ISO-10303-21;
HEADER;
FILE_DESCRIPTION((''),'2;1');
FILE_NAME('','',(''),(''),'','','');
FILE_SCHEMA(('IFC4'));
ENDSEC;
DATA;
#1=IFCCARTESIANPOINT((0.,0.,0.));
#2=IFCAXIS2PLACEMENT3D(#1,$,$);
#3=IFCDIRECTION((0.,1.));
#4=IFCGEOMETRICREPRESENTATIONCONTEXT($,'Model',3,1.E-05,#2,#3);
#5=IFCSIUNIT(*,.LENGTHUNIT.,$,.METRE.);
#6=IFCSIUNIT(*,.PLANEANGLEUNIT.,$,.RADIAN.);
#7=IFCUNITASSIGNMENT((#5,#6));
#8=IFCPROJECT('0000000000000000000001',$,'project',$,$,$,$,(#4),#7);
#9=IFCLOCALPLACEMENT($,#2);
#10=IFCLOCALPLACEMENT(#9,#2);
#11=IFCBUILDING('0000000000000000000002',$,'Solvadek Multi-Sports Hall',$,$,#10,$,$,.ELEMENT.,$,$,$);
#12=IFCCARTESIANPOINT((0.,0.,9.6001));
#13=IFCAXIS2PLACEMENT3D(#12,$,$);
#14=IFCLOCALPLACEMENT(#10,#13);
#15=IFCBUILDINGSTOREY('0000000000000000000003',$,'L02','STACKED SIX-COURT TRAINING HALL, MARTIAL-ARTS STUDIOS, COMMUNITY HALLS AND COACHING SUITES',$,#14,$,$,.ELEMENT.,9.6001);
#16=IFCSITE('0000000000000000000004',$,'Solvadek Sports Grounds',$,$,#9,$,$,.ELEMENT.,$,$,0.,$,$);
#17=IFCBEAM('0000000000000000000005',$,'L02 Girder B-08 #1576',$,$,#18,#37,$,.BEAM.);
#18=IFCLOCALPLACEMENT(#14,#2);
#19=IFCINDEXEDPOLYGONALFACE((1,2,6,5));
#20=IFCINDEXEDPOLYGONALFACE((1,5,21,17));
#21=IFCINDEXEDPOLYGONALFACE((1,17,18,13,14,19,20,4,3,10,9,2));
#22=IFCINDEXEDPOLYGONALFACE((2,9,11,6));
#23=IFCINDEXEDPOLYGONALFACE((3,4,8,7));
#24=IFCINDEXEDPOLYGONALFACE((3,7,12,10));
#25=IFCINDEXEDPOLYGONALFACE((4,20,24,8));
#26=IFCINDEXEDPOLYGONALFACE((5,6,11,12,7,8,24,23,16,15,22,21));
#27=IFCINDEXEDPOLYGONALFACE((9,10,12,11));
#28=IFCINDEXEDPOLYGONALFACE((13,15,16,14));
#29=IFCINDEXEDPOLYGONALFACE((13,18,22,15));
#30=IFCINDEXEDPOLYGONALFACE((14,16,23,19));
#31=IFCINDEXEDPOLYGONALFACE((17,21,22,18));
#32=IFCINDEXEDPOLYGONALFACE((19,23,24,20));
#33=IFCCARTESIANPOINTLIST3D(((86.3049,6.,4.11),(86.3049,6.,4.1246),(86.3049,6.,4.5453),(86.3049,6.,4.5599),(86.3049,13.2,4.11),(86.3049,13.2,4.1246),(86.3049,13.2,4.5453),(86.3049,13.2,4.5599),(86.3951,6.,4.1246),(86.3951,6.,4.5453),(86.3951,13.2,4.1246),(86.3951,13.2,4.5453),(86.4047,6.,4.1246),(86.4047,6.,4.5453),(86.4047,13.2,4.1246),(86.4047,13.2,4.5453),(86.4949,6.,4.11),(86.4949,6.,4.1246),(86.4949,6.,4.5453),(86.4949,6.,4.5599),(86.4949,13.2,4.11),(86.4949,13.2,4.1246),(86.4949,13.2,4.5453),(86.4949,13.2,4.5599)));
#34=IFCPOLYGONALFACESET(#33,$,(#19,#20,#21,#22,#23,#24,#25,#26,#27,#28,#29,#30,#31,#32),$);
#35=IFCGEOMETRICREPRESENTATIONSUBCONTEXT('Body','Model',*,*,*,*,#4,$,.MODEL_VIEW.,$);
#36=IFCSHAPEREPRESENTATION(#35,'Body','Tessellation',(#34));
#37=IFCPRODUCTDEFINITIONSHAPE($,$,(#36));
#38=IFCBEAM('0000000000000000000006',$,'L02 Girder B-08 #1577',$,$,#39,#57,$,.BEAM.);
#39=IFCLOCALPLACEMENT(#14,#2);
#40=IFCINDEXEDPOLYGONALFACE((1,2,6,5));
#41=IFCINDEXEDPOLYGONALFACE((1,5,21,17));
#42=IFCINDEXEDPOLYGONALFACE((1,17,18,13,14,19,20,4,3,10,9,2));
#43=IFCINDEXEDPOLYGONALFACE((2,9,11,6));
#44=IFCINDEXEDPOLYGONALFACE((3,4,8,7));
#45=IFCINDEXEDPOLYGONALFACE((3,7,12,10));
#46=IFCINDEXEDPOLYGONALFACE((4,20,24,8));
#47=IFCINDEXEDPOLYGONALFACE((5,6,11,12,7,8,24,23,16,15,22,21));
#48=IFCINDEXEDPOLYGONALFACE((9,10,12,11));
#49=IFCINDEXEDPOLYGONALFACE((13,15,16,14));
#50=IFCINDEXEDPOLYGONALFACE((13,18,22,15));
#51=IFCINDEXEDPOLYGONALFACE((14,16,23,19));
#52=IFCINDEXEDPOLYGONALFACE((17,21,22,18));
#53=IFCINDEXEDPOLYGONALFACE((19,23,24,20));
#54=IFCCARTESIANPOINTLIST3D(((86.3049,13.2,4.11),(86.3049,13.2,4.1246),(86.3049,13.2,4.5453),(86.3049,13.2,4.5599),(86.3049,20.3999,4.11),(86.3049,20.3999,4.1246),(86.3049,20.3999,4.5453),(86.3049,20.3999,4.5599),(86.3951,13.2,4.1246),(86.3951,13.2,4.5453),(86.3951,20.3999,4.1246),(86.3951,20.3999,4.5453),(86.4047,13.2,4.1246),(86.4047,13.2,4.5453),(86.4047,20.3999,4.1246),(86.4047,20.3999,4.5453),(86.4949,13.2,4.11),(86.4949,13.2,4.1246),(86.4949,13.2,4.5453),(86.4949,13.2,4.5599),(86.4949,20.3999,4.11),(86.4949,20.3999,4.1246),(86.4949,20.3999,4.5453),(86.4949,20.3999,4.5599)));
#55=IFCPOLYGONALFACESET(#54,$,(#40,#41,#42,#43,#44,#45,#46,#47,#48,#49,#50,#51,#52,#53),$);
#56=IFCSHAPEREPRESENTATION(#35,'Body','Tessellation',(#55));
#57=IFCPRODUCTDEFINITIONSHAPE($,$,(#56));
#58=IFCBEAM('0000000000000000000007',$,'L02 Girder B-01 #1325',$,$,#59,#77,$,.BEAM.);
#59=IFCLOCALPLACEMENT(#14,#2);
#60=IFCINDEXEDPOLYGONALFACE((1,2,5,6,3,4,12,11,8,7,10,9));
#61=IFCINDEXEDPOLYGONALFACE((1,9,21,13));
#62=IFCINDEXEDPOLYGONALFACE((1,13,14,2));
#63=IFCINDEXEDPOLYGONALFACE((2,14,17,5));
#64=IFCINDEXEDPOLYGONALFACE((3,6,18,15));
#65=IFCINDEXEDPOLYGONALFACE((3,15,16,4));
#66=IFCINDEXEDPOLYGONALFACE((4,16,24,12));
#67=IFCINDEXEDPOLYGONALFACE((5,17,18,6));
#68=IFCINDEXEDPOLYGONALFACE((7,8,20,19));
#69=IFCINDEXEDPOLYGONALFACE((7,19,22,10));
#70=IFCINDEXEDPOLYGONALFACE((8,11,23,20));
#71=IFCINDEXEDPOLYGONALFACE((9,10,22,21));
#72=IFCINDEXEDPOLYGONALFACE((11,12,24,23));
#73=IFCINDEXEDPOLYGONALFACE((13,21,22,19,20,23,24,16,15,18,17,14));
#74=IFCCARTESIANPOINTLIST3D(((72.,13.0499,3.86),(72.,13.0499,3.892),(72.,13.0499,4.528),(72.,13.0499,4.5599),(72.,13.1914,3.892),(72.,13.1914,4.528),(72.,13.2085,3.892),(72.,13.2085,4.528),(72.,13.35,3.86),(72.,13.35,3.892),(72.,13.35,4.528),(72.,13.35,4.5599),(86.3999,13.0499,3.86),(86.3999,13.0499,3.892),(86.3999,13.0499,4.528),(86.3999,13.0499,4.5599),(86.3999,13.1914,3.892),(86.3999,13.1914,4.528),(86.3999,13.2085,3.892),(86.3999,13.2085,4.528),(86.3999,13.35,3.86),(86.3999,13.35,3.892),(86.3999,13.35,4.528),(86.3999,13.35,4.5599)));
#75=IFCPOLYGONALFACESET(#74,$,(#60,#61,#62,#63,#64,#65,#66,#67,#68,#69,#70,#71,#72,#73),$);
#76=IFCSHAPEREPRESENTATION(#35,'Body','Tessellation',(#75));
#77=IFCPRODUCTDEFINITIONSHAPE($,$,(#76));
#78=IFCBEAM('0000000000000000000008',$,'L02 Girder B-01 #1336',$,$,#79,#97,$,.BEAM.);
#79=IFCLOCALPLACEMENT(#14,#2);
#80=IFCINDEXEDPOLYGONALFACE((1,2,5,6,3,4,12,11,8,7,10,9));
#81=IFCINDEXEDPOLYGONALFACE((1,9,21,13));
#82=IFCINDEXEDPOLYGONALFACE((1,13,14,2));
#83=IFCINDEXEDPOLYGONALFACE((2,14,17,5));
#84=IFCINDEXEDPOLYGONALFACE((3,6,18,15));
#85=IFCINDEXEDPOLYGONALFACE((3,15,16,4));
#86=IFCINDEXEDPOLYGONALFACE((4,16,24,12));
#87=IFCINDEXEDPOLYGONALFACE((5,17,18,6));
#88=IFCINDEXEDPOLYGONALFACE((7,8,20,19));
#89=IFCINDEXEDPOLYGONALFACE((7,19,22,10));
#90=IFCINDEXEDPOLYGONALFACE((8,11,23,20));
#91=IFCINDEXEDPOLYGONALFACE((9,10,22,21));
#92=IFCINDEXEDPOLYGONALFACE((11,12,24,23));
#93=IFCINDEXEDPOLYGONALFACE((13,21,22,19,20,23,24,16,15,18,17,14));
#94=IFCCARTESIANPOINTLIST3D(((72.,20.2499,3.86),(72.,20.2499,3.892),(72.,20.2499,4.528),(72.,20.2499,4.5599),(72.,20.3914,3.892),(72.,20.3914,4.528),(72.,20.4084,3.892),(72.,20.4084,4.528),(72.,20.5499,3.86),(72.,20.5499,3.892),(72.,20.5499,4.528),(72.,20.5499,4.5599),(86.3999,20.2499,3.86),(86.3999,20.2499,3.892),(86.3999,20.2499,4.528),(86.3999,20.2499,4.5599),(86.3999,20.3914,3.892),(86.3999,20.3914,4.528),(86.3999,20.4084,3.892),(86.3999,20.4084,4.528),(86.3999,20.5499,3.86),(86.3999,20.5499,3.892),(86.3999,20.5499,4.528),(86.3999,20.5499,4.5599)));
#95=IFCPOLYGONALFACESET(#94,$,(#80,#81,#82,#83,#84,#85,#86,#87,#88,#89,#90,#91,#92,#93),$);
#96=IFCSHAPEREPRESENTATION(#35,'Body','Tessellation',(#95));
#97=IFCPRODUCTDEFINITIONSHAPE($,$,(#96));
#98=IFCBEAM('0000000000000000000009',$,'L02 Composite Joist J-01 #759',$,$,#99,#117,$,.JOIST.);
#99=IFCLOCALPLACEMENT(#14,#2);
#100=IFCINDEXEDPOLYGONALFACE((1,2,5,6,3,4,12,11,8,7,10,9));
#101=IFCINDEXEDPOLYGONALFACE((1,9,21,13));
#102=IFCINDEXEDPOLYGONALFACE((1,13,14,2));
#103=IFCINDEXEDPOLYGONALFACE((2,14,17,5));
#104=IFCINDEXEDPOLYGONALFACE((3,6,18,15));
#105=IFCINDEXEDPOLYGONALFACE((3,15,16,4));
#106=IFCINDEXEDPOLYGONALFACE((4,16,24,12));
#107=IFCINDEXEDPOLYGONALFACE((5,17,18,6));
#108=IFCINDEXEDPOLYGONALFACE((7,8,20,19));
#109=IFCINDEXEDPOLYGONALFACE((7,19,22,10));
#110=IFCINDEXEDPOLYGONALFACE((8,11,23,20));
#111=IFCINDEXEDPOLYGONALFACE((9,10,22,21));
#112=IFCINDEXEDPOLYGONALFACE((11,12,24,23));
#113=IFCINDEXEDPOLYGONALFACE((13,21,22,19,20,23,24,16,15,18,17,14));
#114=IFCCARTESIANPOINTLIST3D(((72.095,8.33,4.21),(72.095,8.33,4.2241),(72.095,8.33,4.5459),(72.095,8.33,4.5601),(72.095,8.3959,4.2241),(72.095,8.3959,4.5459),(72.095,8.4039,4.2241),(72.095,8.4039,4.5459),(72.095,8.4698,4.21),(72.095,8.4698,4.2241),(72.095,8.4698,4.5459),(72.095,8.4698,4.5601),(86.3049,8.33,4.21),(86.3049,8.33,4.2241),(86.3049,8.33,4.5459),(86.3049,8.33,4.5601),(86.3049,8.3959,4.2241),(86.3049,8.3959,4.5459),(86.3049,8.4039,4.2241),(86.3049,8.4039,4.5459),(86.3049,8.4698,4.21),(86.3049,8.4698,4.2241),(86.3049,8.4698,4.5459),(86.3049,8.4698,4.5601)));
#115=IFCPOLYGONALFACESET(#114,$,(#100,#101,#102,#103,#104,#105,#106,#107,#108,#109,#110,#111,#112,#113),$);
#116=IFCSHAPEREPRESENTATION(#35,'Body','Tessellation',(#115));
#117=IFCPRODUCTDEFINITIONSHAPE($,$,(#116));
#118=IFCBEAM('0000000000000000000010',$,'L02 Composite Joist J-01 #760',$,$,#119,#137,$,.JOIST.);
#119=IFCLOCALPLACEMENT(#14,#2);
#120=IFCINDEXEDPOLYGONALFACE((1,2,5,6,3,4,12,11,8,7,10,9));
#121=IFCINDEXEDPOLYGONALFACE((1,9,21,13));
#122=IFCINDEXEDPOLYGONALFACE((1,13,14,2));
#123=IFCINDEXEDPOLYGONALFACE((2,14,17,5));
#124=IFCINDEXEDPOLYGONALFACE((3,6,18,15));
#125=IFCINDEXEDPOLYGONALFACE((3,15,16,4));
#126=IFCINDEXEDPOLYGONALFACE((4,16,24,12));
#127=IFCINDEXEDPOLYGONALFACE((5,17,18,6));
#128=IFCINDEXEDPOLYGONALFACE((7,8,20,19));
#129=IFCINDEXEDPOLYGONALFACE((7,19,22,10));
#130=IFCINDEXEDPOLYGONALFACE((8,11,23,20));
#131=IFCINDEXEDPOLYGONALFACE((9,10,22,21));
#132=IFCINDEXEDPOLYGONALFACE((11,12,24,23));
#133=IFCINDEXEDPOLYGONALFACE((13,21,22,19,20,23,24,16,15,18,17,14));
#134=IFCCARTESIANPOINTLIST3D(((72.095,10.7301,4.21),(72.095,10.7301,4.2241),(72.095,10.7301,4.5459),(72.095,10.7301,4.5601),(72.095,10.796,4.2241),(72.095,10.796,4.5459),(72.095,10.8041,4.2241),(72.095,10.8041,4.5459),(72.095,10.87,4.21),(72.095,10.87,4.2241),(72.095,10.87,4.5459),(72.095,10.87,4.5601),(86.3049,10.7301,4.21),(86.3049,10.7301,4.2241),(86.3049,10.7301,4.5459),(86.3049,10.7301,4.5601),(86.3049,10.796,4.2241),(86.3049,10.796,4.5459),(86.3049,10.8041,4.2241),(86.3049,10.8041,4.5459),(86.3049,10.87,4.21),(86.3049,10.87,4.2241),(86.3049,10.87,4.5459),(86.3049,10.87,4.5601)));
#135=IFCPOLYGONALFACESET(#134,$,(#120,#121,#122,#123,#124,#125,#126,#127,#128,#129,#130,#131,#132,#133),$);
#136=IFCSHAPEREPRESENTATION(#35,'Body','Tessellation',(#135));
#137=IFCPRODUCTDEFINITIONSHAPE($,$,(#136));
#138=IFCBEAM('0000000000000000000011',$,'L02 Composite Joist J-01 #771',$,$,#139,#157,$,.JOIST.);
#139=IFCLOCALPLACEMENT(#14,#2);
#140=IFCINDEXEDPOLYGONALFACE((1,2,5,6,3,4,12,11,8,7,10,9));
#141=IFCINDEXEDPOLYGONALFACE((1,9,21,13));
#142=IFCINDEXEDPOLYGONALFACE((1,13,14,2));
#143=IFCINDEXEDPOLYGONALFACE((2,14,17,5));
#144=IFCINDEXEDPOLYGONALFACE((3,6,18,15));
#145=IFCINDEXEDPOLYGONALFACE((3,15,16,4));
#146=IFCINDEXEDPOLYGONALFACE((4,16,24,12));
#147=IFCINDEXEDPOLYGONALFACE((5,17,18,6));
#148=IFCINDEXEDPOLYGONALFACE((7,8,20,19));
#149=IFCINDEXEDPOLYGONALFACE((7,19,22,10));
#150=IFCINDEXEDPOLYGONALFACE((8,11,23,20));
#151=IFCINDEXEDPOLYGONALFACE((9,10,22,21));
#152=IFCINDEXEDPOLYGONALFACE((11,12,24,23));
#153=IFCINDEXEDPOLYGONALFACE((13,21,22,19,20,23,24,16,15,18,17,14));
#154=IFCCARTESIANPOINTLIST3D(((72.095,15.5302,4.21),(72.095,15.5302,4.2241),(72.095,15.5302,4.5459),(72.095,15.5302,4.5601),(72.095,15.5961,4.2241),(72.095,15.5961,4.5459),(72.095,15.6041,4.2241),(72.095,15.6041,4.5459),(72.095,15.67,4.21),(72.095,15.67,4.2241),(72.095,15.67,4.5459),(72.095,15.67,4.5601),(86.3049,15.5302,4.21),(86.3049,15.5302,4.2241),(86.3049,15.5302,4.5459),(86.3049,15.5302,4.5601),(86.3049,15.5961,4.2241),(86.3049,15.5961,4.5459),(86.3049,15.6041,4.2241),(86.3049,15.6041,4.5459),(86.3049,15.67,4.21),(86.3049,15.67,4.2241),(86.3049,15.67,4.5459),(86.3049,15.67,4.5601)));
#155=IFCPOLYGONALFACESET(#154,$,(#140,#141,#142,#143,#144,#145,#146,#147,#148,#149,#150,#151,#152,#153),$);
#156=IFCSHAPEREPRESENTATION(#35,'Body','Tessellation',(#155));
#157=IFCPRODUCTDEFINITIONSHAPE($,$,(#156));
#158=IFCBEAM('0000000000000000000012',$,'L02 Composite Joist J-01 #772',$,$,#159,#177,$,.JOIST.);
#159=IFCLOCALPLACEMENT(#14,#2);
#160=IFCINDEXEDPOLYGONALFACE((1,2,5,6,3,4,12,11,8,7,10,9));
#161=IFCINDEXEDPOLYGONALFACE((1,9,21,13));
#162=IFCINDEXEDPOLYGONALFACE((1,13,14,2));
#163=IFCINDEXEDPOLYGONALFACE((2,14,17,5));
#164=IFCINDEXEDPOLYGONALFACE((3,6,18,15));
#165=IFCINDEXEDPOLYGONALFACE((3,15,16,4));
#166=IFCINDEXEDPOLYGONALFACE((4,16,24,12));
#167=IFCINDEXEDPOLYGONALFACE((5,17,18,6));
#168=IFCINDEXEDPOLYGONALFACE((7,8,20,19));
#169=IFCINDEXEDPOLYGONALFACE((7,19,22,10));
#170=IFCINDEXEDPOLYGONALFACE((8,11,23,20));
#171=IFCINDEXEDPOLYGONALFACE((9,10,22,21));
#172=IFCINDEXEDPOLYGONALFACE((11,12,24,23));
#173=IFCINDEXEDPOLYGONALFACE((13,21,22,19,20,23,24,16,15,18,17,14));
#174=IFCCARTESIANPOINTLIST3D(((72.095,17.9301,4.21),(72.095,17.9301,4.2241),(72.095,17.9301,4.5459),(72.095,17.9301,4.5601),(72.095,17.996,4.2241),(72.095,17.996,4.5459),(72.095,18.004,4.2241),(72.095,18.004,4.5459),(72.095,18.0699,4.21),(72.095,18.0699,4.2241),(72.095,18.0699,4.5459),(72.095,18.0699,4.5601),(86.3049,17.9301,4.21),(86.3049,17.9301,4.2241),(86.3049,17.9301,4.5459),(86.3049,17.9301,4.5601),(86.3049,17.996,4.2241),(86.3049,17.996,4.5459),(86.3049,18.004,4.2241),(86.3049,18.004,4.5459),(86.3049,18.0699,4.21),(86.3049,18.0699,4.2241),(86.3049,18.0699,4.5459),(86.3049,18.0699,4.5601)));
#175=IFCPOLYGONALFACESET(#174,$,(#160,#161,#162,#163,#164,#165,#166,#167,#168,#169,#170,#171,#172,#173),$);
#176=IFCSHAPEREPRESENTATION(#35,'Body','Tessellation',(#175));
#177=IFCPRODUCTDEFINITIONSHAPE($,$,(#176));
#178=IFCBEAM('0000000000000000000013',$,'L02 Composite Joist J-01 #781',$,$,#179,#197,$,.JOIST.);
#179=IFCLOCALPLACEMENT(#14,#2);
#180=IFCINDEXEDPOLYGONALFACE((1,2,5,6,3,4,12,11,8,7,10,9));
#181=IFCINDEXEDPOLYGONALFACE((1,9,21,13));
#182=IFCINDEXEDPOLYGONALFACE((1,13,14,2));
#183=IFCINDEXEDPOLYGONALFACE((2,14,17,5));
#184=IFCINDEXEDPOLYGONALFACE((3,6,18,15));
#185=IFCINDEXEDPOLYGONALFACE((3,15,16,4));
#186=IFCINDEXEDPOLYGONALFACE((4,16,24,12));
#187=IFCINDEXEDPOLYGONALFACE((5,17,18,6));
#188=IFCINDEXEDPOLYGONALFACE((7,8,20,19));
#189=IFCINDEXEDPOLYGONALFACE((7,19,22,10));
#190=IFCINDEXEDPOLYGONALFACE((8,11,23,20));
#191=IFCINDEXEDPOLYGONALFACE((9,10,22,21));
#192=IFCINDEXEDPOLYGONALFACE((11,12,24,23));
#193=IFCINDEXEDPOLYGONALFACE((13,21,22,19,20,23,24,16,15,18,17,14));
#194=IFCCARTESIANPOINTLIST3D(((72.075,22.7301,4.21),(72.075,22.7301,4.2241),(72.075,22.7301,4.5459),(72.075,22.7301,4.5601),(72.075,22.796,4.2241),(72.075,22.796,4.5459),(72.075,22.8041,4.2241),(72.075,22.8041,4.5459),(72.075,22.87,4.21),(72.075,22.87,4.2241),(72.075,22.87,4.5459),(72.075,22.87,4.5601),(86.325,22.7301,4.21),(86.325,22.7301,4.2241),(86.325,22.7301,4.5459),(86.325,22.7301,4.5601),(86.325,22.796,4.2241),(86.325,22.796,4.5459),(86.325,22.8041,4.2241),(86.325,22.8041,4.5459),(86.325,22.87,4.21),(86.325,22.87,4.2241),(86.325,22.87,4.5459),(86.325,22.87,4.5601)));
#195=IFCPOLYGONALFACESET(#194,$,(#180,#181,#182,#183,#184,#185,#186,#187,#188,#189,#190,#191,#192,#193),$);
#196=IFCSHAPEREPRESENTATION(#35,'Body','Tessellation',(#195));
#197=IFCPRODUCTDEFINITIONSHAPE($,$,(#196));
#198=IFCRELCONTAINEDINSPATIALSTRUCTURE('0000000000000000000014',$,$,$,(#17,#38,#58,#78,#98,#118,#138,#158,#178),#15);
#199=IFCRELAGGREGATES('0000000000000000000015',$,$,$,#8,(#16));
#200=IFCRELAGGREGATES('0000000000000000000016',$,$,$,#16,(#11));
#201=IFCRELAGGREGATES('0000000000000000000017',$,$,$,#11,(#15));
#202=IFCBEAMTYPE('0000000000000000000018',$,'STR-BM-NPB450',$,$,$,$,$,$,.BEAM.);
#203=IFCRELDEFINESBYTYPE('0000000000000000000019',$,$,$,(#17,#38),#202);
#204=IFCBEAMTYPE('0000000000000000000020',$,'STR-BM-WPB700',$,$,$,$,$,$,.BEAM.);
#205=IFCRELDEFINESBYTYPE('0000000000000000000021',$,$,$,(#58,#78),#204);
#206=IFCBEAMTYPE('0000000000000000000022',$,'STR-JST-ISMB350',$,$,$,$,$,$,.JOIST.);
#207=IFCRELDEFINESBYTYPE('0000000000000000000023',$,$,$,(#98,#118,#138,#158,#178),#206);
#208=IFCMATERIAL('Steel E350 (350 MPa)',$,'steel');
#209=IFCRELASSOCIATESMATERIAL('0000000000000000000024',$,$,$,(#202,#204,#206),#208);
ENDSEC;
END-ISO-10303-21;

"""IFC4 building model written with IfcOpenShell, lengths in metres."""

from ifc_helpers import new_model, si_unit, direction, frame, origin, origin_2d, place, context, subcontext, project, spatial, i_section, extrude, material, material_profile, profile_set, type_object, element, save


model = new_model("IFC4")

# Units and contexts
model_context = context("Model", 3, precision=1e-05, world=origin(), true_north=direction((0.0, 1.0)))
body_context = subcontext(model_context, "Body", "Model", "MODEL_VIEW")
ifc_project = project(units=[si_unit("LENGTHUNIT", "METRE"), si_unit("PLANEANGLEUNIT", "RADIAN")], contexts=[model_context])

# Site, building, storey
site_placement = place(None, origin())
site = spatial("IfcSite", under=ifc_project, at=site_placement, Name="Solvadek Sports Grounds", CompositionType="ELEMENT", RefElevation=0.0)
building_placement = place(site_placement, origin())
building = spatial("IfcBuilding", under=site, at=building_placement, Name="Solvadek Multi-Sports Hall", CompositionType="ELEMENT")
storey_placement = place(building_placement, frame((0.0, 0.0, 9.6001)))
storey = spatial("IfcBuildingStorey", under=building, at=storey_placement, Name="L02", Description="STACKED SIX-COURT TRAINING HALL, MARTIAL-ARTS STUDIOS, COMMUNITY HALLS AND COACHING SUITES", CompositionType="ELEMENT", Elevation=9.6001)

# Shared definitions
ifc_material_1 = material(Name="Steel E350 (350 MPa)", Category="steel")

# Beams
ifc_material_profile_1 = material_profile(ifc_material_1, i_section(OverallWidth=0.1899, OverallDepth=0.45, WebThickness=0.0095, FlangeThickness=0.0146, at=origin_2d()), Name="NPB 450")
ifc_profile_set_1 = profile_set([ifc_material_profile_1], Name="Steel E350 (350 MPa)")
beam_type_1 = type_object("IfcBeamType", Name="STR-BM-NPB450", PredefinedType="BEAM", material=ifc_profile_set_1)
for number, where, z_axis, x_axis, name in (
    (1, (86.3999, 6.0, 4.335), (0.0, 1.0, 0.0), (-1.0, 0.0, 0.0), "L02 Girder B-08 #1576"),
    (2, (86.3999, 13.2, 4.335), (0.0, 1.0, 0.0), (-1.0, 0.0, 0.0), "L02 Girder B-08 #1577"),
):
    element("IfcBeam", number, at=place(storey_placement, frame(where, z_axis=z_axis, x_axis=x_axis)), inside=storey, type_object=beam_type_1, Name=name, PredefinedType="BEAM", context=body_context, shape_type="SweptSolid", body=[
        extrude(i_section(OverallWidth=0.1899, OverallDepth=0.45, WebThickness=0.0095, FlangeThickness=0.0146, at=origin_2d()), origin(), (0.0, 0.0, 1.0), 7.2),
    ])
ifc_material_profile_2 = material_profile(ifc_material_1, i_section(OverallWidth=0.3, OverallDepth=0.7, WebThickness=0.0171, FlangeThickness=0.032, at=origin_2d()), Name="WPB 700")
ifc_profile_set_2 = profile_set([ifc_material_profile_2], Name="Steel E350 (350 MPa)")
beam_type_2 = type_object("IfcBeamType", Name="STR-BM-WPB700", PredefinedType="BEAM", material=ifc_profile_set_2)
for number, where, z_axis, x_axis, name in (
    (3, (72.0, 13.2, 4.21), (1.0, 0.0, 0.0), (0.0, 1.0, 0.0), "L02 Girder B-01 #1325"),
    (4, (72.0, 20.3999, 4.21), (1.0, 0.0, 0.0), (0.0, 1.0, 0.0), "L02 Girder B-01 #1336"),
):
    element("IfcBeam", number, at=place(storey_placement, frame(where, z_axis=z_axis, x_axis=x_axis)), inside=storey, type_object=beam_type_2, Name=name, PredefinedType="BEAM", context=body_context, shape_type="SweptSolid", body=[
        extrude(i_section(OverallWidth=0.3, OverallDepth=0.7, WebThickness=0.0171, FlangeThickness=0.032, at=origin_2d()), origin(), (0.0, 0.0, 1.0), 14.3999),
    ])
ifc_material_profile_3 = material_profile(ifc_material_1, i_section(OverallWidth=0.1399, OverallDepth=0.3501, WebThickness=0.0081, FlangeThickness=0.0142, at=origin_2d()), Name="ISMB 350")
ifc_profile_set_3 = profile_set([ifc_material_profile_3], Name="Steel E350 (350 MPa)")
beam_type_3 = type_object("IfcBeamType", Name="STR-JST-ISMB350", PredefinedType="JOIST", material=ifc_profile_set_3)
for number, where, z_axis, x_axis, name in (
    (5, (72.095, 8.3999, 4.385), (1.0, 0.0, 0.0), (0.0, 1.0, 0.0), "L02 Composite Joist J-01 #759"),
    (6, (72.095, 10.8, 4.385), (1.0, 0.0, 0.0), (0.0, 1.0, 0.0), "L02 Composite Joist J-01 #760"),
    (7, (72.095, 15.6001, 4.385), (1.0, 0.0, 0.0), (0.0, 1.0, 0.0), "L02 Composite Joist J-01 #771"),
    (8, (72.095, 18.0, 4.385), (1.0, 0.0, 0.0), (0.0, 1.0, 0.0), "L02 Composite Joist J-01 #772"),
):
    element("IfcBeam", number, at=place(storey_placement, frame(where, z_axis=z_axis, x_axis=x_axis)), inside=storey, type_object=beam_type_3, Name=name, PredefinedType="JOIST", context=body_context, shape_type="SweptSolid", body=[
        extrude(i_section(OverallWidth=0.1399, OverallDepth=0.3501, WebThickness=0.0081, FlangeThickness=0.0142, at=origin_2d()), origin(), (0.0, 0.0, 1.0), 14.21),
    ])
beam_1_placement = place(storey_placement, frame((72.075, 22.8, 4.385), z_axis=(1.0, 0.0, 0.0), x_axis=(0.0, 1.0, 0.0)))
element("IfcBeam", 9, at=beam_1_placement, inside=storey, type_object=beam_type_3, Name="L02 Composite Joist J-01 #781", PredefinedType="JOIST", context=body_context, shape_type="SweptSolid", body=[
    extrude(i_section(OverallWidth=0.1399, OverallDepth=0.3501, WebThickness=0.0081, FlangeThickness=0.0142, at=origin_2d()), origin(), (0.0, 0.0, 1.0), 14.25),
])

save(model, "model.ifc")
